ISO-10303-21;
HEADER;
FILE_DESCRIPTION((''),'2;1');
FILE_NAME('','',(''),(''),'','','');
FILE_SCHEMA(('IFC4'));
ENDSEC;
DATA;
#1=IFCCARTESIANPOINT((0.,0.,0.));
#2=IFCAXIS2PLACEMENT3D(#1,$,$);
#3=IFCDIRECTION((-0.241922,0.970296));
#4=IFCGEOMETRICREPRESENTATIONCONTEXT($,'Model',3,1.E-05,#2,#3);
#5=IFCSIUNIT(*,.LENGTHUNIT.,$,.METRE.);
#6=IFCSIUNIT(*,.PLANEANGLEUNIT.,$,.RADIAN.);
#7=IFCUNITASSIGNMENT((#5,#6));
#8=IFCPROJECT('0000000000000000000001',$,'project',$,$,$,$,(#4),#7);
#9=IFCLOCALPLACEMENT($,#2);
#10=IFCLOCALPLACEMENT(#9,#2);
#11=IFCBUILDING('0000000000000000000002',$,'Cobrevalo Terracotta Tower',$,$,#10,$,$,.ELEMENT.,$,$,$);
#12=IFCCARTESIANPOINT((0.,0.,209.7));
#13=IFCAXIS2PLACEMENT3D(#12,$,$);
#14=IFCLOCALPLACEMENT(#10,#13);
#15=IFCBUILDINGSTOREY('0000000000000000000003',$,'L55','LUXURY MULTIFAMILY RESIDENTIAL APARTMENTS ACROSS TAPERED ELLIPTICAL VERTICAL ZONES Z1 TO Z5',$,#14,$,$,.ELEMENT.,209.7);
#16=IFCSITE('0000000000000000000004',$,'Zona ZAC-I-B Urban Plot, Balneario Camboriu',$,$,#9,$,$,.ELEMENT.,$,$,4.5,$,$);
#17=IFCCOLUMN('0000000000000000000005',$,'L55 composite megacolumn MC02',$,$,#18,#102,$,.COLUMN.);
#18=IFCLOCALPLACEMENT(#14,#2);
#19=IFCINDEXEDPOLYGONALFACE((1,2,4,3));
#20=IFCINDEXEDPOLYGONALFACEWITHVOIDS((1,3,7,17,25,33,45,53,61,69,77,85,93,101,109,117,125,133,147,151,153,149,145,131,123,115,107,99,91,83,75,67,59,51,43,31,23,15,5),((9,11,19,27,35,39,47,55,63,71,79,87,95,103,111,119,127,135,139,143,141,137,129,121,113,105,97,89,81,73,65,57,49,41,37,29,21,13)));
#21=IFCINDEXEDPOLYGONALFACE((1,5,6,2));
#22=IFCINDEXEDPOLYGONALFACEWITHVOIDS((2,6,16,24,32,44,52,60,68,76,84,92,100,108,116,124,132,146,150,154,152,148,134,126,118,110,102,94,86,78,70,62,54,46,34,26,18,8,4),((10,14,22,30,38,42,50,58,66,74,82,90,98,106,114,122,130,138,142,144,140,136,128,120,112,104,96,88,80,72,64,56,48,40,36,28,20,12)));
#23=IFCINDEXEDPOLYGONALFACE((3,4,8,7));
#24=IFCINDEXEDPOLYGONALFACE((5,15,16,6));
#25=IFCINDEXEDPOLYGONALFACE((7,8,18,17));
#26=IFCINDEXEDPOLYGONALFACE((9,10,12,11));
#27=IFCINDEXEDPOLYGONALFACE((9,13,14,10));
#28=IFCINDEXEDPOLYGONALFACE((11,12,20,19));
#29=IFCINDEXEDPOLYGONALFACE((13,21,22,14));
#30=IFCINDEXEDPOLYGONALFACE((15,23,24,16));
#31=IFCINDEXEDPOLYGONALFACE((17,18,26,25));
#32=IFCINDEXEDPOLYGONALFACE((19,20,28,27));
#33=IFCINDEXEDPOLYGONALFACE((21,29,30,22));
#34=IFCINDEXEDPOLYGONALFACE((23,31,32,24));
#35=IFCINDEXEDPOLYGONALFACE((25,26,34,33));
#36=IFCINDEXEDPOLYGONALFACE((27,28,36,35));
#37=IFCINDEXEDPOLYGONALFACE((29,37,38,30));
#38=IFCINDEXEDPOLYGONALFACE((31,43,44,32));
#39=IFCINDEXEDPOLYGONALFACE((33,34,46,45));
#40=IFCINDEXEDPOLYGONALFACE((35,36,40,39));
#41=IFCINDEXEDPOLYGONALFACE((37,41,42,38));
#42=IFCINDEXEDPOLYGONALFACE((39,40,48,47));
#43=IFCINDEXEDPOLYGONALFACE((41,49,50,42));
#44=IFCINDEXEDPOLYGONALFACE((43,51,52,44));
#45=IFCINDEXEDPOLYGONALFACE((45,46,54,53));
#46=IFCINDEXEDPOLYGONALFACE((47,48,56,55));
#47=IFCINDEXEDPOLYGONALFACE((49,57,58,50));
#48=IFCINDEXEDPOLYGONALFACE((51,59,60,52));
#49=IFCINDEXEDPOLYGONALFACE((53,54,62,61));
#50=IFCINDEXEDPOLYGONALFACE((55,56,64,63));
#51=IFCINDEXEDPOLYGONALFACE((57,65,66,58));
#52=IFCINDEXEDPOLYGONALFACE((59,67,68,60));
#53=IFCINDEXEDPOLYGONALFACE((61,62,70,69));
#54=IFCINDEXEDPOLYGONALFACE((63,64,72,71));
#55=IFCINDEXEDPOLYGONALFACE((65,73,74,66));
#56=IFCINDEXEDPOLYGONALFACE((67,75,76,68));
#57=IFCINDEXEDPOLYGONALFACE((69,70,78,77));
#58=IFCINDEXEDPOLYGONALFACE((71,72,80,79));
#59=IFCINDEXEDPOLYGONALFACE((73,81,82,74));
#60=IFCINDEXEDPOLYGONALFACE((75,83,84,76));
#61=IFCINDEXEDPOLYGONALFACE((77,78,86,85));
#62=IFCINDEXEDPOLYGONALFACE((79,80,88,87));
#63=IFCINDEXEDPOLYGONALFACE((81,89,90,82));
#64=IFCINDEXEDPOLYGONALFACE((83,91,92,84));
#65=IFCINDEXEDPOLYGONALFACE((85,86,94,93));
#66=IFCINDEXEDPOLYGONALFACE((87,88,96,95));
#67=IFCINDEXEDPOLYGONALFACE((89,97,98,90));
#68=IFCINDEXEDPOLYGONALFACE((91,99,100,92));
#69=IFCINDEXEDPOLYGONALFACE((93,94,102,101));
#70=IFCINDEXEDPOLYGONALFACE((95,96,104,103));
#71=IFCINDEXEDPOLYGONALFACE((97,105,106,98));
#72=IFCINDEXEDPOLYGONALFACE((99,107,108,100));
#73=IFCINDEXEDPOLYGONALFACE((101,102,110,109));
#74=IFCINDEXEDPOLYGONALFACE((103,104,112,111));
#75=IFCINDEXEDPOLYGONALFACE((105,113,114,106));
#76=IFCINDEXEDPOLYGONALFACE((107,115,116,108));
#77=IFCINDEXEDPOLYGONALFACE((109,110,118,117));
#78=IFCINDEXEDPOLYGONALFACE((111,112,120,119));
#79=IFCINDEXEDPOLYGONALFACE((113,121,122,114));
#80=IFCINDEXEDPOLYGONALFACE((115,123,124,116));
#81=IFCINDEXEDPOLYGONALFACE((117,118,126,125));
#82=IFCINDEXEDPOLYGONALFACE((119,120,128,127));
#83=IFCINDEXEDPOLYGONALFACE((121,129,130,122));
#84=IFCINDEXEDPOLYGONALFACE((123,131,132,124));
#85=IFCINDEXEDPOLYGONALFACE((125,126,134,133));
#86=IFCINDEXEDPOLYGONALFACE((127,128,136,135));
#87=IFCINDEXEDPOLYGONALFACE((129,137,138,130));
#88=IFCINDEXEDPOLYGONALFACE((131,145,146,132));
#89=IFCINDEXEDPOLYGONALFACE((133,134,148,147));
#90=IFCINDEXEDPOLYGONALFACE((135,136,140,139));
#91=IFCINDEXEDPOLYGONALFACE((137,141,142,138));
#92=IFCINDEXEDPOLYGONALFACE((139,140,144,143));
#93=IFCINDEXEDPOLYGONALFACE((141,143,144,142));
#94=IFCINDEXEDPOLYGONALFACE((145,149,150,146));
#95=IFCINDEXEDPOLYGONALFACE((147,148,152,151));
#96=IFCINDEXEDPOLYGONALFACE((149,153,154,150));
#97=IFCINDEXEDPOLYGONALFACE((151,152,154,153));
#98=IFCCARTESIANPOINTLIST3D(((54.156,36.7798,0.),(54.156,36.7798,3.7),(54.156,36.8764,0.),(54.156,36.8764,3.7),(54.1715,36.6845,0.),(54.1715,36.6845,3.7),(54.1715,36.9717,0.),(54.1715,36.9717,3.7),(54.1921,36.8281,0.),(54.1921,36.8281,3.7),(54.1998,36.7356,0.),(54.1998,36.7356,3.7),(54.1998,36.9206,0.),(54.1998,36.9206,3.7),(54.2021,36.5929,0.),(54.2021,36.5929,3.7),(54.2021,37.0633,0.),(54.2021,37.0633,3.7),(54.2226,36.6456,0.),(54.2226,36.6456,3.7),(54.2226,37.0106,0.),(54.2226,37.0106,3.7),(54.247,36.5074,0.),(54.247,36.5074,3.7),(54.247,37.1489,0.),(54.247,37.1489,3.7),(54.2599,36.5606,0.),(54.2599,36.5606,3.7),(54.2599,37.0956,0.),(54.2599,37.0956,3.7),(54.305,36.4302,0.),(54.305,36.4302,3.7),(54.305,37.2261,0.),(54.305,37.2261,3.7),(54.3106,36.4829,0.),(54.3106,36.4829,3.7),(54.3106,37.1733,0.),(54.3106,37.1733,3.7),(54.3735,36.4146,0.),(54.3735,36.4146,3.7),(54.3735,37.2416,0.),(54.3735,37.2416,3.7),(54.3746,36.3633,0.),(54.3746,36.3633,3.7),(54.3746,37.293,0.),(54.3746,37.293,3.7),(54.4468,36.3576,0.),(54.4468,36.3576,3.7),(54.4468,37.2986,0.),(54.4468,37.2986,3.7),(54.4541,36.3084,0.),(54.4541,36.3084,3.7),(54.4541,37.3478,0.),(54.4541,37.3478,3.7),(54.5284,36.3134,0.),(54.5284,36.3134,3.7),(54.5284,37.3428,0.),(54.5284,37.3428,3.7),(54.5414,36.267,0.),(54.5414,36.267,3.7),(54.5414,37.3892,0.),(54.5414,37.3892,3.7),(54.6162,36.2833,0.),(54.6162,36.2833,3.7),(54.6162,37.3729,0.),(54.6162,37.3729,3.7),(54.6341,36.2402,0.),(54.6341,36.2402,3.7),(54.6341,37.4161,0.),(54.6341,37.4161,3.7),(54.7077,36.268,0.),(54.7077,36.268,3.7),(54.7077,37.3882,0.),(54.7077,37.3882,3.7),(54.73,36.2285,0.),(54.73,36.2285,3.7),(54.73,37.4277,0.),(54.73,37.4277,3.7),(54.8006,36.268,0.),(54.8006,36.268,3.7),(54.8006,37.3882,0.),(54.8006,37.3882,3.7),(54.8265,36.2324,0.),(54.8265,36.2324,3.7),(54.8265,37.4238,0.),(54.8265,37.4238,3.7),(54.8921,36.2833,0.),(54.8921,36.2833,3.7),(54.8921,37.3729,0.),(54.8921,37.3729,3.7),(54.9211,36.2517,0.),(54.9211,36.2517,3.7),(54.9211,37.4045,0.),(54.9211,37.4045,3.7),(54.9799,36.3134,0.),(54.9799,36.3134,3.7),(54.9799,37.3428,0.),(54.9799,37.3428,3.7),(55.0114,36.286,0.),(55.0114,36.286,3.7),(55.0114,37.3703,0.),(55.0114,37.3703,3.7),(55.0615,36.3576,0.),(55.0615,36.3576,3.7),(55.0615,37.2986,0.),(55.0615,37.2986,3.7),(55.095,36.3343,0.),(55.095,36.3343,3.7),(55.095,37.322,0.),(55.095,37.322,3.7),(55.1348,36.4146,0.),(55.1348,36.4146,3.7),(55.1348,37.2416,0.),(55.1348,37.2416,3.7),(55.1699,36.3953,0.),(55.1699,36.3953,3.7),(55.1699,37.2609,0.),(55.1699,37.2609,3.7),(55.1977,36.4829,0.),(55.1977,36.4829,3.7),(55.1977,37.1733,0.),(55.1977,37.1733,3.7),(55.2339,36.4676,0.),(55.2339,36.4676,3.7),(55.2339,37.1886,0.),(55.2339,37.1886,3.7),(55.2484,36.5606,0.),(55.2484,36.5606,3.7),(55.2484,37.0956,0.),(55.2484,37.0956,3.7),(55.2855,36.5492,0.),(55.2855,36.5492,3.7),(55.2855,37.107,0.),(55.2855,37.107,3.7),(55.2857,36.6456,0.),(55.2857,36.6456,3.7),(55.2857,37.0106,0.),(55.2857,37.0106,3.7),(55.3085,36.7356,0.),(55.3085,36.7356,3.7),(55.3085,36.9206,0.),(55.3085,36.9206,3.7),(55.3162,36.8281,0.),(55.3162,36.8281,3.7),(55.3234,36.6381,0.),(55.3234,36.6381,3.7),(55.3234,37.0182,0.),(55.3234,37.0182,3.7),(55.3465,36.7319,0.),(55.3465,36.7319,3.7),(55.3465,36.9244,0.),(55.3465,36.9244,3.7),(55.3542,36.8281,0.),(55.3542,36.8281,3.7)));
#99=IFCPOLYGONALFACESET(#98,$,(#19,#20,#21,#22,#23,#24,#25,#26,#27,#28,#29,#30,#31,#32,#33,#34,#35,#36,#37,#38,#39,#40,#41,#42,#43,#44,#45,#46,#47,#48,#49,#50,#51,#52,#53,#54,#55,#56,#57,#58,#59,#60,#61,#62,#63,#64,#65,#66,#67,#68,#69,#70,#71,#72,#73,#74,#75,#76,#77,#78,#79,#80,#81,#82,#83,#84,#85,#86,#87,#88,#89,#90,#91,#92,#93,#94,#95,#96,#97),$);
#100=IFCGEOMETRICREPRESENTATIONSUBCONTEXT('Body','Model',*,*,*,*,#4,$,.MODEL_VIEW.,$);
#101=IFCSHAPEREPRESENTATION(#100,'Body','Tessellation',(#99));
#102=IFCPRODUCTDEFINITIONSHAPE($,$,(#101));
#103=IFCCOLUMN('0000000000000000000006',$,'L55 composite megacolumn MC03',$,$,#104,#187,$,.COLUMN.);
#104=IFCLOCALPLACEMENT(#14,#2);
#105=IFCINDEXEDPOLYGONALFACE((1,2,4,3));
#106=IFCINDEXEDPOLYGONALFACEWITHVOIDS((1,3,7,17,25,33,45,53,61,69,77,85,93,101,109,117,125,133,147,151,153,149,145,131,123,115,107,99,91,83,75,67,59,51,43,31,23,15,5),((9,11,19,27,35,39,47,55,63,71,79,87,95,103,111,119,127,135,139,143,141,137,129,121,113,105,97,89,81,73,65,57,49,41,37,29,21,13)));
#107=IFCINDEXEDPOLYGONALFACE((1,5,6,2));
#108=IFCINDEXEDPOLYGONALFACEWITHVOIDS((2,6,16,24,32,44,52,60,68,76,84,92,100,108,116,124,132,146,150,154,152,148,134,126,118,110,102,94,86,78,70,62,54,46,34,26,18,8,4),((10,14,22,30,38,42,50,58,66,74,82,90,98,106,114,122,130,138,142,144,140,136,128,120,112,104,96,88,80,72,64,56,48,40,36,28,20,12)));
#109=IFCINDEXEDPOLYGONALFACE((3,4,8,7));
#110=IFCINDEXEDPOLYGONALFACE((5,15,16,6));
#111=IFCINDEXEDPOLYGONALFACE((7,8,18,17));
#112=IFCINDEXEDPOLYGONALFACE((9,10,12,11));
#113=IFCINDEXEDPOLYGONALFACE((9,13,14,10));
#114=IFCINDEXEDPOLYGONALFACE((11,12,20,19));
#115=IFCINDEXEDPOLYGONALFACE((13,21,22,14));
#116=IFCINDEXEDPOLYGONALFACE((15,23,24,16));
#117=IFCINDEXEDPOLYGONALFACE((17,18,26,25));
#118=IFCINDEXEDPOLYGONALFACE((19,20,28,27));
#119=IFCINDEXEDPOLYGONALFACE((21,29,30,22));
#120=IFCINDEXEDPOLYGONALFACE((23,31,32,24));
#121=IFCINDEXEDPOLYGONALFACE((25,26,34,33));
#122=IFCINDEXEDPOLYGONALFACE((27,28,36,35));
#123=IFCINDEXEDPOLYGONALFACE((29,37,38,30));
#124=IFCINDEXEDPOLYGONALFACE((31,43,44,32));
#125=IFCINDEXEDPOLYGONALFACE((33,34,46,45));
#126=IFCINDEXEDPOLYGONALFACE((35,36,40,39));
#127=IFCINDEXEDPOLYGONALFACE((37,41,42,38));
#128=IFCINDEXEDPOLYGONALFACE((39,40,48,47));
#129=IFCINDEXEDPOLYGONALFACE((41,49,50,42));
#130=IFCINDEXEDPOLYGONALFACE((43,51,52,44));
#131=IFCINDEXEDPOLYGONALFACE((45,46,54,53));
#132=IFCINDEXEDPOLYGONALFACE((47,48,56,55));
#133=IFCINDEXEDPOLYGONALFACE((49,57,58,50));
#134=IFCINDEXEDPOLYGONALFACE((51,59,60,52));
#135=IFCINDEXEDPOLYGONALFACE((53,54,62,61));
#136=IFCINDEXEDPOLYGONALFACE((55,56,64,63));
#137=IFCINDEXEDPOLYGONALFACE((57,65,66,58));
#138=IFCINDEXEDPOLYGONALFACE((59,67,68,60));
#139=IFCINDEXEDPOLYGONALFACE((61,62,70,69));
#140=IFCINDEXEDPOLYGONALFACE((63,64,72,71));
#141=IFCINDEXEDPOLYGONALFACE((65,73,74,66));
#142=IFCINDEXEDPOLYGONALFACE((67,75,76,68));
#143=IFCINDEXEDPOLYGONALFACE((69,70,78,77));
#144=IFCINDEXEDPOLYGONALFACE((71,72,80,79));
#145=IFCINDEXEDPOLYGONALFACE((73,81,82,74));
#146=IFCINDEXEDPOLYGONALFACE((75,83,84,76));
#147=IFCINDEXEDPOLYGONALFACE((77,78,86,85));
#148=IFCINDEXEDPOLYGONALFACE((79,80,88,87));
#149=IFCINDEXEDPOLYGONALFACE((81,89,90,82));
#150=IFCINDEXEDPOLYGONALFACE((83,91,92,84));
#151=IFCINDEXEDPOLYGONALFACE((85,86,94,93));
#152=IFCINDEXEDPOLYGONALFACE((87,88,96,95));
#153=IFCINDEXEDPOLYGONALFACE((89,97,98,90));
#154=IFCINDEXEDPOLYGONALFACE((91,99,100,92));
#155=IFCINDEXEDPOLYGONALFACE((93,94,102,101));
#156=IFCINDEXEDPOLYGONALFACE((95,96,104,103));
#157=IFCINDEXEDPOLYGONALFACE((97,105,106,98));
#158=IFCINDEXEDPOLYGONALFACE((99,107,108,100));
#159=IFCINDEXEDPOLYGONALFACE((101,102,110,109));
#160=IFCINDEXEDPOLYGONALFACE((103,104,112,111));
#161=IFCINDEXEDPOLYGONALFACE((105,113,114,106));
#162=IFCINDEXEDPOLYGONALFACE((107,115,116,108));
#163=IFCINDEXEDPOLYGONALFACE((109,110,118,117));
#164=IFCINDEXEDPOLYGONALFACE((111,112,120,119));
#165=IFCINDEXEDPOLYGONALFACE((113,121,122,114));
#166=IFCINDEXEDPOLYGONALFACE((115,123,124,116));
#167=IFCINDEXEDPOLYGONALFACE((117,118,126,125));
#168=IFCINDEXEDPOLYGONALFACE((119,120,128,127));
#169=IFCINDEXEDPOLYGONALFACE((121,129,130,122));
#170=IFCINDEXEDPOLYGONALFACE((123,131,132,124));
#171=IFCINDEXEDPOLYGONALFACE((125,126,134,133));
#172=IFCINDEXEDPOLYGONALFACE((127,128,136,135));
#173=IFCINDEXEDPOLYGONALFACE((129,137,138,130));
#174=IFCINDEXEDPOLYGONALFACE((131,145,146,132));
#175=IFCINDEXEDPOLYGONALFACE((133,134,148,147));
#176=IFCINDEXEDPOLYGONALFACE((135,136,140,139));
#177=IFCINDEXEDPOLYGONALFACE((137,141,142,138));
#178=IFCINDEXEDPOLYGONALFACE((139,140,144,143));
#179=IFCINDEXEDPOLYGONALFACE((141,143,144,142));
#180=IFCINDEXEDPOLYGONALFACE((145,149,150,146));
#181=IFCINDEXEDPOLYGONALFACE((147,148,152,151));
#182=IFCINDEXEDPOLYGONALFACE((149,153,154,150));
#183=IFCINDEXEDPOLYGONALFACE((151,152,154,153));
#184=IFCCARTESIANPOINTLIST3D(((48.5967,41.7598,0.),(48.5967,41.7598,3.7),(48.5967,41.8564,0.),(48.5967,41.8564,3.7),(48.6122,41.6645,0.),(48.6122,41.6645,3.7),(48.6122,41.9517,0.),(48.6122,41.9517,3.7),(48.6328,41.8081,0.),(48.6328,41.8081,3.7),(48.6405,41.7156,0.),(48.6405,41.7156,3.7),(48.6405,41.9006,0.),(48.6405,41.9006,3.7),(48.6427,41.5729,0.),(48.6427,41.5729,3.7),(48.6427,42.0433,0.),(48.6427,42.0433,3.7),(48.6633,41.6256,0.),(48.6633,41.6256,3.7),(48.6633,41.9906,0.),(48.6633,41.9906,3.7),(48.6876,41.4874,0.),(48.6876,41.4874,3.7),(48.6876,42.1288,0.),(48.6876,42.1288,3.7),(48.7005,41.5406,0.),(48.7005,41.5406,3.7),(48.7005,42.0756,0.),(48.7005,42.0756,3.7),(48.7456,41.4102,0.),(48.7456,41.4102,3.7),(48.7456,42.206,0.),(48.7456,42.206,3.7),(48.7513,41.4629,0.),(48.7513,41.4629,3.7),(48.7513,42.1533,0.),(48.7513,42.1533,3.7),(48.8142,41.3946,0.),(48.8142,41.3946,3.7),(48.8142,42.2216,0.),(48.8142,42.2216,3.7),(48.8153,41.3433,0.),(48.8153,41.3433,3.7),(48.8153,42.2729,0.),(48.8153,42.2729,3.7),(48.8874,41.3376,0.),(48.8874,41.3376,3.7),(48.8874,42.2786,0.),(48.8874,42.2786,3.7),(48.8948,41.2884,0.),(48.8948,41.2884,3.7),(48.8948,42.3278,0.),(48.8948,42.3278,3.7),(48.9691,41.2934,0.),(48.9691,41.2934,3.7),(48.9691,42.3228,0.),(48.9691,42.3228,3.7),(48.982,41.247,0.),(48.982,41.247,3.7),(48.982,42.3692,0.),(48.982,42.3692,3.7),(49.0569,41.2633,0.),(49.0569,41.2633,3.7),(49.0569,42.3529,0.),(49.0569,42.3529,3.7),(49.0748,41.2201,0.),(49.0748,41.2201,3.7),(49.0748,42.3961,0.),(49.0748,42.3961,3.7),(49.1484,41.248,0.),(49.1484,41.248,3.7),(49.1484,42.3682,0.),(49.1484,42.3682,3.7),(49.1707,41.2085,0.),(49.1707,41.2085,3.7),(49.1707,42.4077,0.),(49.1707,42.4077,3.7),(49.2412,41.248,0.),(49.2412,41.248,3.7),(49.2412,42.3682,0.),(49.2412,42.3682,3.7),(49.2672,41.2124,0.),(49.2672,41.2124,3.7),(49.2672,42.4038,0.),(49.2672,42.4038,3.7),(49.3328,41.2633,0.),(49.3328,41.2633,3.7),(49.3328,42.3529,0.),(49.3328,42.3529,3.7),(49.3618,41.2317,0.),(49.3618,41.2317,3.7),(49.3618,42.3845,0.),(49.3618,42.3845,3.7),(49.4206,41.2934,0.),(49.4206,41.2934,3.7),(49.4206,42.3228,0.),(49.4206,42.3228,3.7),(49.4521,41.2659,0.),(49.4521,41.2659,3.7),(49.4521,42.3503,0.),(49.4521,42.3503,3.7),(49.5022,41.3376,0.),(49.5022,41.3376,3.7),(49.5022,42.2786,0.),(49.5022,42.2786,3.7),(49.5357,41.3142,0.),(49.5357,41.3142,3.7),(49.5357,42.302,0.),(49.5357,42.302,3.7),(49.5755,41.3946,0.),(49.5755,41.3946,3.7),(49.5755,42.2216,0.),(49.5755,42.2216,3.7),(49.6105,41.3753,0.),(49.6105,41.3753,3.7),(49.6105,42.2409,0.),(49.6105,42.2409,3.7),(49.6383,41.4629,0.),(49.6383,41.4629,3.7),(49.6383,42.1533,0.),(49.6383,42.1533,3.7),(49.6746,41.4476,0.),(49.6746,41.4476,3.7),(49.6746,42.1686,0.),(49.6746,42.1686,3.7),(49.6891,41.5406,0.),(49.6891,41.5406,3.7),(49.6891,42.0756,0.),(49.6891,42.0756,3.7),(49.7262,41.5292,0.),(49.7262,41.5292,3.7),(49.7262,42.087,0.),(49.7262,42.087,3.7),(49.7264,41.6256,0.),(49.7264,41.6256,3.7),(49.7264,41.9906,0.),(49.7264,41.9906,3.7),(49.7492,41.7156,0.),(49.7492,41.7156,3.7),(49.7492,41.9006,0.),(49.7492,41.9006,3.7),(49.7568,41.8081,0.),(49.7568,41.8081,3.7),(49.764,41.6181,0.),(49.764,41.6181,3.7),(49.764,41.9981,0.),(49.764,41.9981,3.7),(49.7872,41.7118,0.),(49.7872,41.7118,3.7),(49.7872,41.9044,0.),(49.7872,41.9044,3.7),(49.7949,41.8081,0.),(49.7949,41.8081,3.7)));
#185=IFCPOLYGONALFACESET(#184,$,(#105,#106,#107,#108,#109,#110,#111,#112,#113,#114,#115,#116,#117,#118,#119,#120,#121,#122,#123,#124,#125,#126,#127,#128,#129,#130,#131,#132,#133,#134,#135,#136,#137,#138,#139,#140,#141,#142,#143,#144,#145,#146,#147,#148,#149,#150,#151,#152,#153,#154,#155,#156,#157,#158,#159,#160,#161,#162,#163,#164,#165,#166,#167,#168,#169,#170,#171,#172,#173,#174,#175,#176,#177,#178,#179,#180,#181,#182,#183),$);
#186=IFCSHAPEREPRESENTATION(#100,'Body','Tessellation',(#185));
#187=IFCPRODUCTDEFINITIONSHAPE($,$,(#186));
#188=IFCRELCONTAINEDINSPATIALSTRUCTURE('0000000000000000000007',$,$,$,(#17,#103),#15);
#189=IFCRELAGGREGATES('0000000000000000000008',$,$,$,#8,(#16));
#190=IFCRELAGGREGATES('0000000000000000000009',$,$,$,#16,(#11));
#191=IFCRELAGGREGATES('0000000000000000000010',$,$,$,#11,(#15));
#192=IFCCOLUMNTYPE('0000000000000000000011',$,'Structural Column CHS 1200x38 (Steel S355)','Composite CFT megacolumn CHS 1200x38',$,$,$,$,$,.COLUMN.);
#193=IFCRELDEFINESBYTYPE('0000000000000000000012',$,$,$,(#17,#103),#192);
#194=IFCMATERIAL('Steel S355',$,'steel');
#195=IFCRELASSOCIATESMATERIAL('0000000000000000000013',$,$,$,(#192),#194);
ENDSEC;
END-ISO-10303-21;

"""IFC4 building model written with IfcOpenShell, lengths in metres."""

from ifc_helpers import new_model, si_unit, direction, frame, origin, origin_2d, place, context, subcontext, project, spatial, hollow_circle, extrude, material, material_profile, profile_set, type_object, element, save


model = new_model("IFC4")

# Units and contexts
model_context = context("Model", 3, precision=1e-05, world=origin(), true_north=direction((-0.241922, 0.970296)))
body_context = subcontext(model_context, "Body", "Model", "MODEL_VIEW")
ifc_project = project(units=[si_unit("LENGTHUNIT", "METRE"), si_unit("PLANEANGLEUNIT", "RADIAN")], contexts=[model_context])

# Site, building, storey
site_placement = place(None, origin())
site = spatial("IfcSite", under=ifc_project, at=site_placement, Name="Zona ZAC-I-B Urban Plot, Balneario Camboriu", CompositionType="ELEMENT", RefElevation=4.5)
building_placement = place(site_placement, origin())
building = spatial("IfcBuilding", under=site, at=building_placement, Name="Cobrevalo Terracotta Tower", CompositionType="ELEMENT")
storey_placement = place(building_placement, frame((0.0, 0.0, 209.7)))
storey = spatial("IfcBuildingStorey", under=building, at=storey_placement, Name="L55", Description="LUXURY MULTIFAMILY RESIDENTIAL APARTMENTS ACROSS TAPERED ELLIPTICAL VERTICAL ZONES Z1 TO Z5", CompositionType="ELEMENT", Elevation=209.7)

# Columns
ifc_material_1 = material(Name="Steel S355", Category="steel")
ifc_material_profile_1 = material_profile(ifc_material_1, hollow_circle(Radius=0.6001, WallThickness=0.0381, at=origin_2d()), Name="CHS 1200x38")
ifc_profile_set_1 = profile_set([ifc_material_profile_1], Name="Steel S355")
column_type = type_object("IfcColumnType", Name="Structural Column CHS 1200x38 (Steel S355)", Description="Composite CFT megacolumn CHS 1200x38", PredefinedType="COLUMN", material=ifc_profile_set_1)
for number, where, z_axis, x_axis, name in (
    (1, (54.7542, 36.8281, 0.0), (0.0, 0.0, 1.0), (1.0, 0.0, 0.0), "L55 composite megacolumn MC02"),
    (2, (49.1948, 41.8081, 0.0), (0.0, 0.0, 1.0), (1.0, 0.0, 0.0), "L55 composite megacolumn MC03"),
):
    element("IfcColumn", number, at=place(storey_placement, frame(where, z_axis=z_axis, x_axis=x_axis)), inside=storey, type_object=column_type, Name=name, PredefinedType="COLUMN", context=body_context, shape_type="SweptSolid", body=[
        extrude(hollow_circle(Radius=0.6001, WallThickness=0.0381, at=origin_2d()), origin(), (0.0, 0.0, 1.0), 3.7),
    ])

save(model, "model.ifc")
